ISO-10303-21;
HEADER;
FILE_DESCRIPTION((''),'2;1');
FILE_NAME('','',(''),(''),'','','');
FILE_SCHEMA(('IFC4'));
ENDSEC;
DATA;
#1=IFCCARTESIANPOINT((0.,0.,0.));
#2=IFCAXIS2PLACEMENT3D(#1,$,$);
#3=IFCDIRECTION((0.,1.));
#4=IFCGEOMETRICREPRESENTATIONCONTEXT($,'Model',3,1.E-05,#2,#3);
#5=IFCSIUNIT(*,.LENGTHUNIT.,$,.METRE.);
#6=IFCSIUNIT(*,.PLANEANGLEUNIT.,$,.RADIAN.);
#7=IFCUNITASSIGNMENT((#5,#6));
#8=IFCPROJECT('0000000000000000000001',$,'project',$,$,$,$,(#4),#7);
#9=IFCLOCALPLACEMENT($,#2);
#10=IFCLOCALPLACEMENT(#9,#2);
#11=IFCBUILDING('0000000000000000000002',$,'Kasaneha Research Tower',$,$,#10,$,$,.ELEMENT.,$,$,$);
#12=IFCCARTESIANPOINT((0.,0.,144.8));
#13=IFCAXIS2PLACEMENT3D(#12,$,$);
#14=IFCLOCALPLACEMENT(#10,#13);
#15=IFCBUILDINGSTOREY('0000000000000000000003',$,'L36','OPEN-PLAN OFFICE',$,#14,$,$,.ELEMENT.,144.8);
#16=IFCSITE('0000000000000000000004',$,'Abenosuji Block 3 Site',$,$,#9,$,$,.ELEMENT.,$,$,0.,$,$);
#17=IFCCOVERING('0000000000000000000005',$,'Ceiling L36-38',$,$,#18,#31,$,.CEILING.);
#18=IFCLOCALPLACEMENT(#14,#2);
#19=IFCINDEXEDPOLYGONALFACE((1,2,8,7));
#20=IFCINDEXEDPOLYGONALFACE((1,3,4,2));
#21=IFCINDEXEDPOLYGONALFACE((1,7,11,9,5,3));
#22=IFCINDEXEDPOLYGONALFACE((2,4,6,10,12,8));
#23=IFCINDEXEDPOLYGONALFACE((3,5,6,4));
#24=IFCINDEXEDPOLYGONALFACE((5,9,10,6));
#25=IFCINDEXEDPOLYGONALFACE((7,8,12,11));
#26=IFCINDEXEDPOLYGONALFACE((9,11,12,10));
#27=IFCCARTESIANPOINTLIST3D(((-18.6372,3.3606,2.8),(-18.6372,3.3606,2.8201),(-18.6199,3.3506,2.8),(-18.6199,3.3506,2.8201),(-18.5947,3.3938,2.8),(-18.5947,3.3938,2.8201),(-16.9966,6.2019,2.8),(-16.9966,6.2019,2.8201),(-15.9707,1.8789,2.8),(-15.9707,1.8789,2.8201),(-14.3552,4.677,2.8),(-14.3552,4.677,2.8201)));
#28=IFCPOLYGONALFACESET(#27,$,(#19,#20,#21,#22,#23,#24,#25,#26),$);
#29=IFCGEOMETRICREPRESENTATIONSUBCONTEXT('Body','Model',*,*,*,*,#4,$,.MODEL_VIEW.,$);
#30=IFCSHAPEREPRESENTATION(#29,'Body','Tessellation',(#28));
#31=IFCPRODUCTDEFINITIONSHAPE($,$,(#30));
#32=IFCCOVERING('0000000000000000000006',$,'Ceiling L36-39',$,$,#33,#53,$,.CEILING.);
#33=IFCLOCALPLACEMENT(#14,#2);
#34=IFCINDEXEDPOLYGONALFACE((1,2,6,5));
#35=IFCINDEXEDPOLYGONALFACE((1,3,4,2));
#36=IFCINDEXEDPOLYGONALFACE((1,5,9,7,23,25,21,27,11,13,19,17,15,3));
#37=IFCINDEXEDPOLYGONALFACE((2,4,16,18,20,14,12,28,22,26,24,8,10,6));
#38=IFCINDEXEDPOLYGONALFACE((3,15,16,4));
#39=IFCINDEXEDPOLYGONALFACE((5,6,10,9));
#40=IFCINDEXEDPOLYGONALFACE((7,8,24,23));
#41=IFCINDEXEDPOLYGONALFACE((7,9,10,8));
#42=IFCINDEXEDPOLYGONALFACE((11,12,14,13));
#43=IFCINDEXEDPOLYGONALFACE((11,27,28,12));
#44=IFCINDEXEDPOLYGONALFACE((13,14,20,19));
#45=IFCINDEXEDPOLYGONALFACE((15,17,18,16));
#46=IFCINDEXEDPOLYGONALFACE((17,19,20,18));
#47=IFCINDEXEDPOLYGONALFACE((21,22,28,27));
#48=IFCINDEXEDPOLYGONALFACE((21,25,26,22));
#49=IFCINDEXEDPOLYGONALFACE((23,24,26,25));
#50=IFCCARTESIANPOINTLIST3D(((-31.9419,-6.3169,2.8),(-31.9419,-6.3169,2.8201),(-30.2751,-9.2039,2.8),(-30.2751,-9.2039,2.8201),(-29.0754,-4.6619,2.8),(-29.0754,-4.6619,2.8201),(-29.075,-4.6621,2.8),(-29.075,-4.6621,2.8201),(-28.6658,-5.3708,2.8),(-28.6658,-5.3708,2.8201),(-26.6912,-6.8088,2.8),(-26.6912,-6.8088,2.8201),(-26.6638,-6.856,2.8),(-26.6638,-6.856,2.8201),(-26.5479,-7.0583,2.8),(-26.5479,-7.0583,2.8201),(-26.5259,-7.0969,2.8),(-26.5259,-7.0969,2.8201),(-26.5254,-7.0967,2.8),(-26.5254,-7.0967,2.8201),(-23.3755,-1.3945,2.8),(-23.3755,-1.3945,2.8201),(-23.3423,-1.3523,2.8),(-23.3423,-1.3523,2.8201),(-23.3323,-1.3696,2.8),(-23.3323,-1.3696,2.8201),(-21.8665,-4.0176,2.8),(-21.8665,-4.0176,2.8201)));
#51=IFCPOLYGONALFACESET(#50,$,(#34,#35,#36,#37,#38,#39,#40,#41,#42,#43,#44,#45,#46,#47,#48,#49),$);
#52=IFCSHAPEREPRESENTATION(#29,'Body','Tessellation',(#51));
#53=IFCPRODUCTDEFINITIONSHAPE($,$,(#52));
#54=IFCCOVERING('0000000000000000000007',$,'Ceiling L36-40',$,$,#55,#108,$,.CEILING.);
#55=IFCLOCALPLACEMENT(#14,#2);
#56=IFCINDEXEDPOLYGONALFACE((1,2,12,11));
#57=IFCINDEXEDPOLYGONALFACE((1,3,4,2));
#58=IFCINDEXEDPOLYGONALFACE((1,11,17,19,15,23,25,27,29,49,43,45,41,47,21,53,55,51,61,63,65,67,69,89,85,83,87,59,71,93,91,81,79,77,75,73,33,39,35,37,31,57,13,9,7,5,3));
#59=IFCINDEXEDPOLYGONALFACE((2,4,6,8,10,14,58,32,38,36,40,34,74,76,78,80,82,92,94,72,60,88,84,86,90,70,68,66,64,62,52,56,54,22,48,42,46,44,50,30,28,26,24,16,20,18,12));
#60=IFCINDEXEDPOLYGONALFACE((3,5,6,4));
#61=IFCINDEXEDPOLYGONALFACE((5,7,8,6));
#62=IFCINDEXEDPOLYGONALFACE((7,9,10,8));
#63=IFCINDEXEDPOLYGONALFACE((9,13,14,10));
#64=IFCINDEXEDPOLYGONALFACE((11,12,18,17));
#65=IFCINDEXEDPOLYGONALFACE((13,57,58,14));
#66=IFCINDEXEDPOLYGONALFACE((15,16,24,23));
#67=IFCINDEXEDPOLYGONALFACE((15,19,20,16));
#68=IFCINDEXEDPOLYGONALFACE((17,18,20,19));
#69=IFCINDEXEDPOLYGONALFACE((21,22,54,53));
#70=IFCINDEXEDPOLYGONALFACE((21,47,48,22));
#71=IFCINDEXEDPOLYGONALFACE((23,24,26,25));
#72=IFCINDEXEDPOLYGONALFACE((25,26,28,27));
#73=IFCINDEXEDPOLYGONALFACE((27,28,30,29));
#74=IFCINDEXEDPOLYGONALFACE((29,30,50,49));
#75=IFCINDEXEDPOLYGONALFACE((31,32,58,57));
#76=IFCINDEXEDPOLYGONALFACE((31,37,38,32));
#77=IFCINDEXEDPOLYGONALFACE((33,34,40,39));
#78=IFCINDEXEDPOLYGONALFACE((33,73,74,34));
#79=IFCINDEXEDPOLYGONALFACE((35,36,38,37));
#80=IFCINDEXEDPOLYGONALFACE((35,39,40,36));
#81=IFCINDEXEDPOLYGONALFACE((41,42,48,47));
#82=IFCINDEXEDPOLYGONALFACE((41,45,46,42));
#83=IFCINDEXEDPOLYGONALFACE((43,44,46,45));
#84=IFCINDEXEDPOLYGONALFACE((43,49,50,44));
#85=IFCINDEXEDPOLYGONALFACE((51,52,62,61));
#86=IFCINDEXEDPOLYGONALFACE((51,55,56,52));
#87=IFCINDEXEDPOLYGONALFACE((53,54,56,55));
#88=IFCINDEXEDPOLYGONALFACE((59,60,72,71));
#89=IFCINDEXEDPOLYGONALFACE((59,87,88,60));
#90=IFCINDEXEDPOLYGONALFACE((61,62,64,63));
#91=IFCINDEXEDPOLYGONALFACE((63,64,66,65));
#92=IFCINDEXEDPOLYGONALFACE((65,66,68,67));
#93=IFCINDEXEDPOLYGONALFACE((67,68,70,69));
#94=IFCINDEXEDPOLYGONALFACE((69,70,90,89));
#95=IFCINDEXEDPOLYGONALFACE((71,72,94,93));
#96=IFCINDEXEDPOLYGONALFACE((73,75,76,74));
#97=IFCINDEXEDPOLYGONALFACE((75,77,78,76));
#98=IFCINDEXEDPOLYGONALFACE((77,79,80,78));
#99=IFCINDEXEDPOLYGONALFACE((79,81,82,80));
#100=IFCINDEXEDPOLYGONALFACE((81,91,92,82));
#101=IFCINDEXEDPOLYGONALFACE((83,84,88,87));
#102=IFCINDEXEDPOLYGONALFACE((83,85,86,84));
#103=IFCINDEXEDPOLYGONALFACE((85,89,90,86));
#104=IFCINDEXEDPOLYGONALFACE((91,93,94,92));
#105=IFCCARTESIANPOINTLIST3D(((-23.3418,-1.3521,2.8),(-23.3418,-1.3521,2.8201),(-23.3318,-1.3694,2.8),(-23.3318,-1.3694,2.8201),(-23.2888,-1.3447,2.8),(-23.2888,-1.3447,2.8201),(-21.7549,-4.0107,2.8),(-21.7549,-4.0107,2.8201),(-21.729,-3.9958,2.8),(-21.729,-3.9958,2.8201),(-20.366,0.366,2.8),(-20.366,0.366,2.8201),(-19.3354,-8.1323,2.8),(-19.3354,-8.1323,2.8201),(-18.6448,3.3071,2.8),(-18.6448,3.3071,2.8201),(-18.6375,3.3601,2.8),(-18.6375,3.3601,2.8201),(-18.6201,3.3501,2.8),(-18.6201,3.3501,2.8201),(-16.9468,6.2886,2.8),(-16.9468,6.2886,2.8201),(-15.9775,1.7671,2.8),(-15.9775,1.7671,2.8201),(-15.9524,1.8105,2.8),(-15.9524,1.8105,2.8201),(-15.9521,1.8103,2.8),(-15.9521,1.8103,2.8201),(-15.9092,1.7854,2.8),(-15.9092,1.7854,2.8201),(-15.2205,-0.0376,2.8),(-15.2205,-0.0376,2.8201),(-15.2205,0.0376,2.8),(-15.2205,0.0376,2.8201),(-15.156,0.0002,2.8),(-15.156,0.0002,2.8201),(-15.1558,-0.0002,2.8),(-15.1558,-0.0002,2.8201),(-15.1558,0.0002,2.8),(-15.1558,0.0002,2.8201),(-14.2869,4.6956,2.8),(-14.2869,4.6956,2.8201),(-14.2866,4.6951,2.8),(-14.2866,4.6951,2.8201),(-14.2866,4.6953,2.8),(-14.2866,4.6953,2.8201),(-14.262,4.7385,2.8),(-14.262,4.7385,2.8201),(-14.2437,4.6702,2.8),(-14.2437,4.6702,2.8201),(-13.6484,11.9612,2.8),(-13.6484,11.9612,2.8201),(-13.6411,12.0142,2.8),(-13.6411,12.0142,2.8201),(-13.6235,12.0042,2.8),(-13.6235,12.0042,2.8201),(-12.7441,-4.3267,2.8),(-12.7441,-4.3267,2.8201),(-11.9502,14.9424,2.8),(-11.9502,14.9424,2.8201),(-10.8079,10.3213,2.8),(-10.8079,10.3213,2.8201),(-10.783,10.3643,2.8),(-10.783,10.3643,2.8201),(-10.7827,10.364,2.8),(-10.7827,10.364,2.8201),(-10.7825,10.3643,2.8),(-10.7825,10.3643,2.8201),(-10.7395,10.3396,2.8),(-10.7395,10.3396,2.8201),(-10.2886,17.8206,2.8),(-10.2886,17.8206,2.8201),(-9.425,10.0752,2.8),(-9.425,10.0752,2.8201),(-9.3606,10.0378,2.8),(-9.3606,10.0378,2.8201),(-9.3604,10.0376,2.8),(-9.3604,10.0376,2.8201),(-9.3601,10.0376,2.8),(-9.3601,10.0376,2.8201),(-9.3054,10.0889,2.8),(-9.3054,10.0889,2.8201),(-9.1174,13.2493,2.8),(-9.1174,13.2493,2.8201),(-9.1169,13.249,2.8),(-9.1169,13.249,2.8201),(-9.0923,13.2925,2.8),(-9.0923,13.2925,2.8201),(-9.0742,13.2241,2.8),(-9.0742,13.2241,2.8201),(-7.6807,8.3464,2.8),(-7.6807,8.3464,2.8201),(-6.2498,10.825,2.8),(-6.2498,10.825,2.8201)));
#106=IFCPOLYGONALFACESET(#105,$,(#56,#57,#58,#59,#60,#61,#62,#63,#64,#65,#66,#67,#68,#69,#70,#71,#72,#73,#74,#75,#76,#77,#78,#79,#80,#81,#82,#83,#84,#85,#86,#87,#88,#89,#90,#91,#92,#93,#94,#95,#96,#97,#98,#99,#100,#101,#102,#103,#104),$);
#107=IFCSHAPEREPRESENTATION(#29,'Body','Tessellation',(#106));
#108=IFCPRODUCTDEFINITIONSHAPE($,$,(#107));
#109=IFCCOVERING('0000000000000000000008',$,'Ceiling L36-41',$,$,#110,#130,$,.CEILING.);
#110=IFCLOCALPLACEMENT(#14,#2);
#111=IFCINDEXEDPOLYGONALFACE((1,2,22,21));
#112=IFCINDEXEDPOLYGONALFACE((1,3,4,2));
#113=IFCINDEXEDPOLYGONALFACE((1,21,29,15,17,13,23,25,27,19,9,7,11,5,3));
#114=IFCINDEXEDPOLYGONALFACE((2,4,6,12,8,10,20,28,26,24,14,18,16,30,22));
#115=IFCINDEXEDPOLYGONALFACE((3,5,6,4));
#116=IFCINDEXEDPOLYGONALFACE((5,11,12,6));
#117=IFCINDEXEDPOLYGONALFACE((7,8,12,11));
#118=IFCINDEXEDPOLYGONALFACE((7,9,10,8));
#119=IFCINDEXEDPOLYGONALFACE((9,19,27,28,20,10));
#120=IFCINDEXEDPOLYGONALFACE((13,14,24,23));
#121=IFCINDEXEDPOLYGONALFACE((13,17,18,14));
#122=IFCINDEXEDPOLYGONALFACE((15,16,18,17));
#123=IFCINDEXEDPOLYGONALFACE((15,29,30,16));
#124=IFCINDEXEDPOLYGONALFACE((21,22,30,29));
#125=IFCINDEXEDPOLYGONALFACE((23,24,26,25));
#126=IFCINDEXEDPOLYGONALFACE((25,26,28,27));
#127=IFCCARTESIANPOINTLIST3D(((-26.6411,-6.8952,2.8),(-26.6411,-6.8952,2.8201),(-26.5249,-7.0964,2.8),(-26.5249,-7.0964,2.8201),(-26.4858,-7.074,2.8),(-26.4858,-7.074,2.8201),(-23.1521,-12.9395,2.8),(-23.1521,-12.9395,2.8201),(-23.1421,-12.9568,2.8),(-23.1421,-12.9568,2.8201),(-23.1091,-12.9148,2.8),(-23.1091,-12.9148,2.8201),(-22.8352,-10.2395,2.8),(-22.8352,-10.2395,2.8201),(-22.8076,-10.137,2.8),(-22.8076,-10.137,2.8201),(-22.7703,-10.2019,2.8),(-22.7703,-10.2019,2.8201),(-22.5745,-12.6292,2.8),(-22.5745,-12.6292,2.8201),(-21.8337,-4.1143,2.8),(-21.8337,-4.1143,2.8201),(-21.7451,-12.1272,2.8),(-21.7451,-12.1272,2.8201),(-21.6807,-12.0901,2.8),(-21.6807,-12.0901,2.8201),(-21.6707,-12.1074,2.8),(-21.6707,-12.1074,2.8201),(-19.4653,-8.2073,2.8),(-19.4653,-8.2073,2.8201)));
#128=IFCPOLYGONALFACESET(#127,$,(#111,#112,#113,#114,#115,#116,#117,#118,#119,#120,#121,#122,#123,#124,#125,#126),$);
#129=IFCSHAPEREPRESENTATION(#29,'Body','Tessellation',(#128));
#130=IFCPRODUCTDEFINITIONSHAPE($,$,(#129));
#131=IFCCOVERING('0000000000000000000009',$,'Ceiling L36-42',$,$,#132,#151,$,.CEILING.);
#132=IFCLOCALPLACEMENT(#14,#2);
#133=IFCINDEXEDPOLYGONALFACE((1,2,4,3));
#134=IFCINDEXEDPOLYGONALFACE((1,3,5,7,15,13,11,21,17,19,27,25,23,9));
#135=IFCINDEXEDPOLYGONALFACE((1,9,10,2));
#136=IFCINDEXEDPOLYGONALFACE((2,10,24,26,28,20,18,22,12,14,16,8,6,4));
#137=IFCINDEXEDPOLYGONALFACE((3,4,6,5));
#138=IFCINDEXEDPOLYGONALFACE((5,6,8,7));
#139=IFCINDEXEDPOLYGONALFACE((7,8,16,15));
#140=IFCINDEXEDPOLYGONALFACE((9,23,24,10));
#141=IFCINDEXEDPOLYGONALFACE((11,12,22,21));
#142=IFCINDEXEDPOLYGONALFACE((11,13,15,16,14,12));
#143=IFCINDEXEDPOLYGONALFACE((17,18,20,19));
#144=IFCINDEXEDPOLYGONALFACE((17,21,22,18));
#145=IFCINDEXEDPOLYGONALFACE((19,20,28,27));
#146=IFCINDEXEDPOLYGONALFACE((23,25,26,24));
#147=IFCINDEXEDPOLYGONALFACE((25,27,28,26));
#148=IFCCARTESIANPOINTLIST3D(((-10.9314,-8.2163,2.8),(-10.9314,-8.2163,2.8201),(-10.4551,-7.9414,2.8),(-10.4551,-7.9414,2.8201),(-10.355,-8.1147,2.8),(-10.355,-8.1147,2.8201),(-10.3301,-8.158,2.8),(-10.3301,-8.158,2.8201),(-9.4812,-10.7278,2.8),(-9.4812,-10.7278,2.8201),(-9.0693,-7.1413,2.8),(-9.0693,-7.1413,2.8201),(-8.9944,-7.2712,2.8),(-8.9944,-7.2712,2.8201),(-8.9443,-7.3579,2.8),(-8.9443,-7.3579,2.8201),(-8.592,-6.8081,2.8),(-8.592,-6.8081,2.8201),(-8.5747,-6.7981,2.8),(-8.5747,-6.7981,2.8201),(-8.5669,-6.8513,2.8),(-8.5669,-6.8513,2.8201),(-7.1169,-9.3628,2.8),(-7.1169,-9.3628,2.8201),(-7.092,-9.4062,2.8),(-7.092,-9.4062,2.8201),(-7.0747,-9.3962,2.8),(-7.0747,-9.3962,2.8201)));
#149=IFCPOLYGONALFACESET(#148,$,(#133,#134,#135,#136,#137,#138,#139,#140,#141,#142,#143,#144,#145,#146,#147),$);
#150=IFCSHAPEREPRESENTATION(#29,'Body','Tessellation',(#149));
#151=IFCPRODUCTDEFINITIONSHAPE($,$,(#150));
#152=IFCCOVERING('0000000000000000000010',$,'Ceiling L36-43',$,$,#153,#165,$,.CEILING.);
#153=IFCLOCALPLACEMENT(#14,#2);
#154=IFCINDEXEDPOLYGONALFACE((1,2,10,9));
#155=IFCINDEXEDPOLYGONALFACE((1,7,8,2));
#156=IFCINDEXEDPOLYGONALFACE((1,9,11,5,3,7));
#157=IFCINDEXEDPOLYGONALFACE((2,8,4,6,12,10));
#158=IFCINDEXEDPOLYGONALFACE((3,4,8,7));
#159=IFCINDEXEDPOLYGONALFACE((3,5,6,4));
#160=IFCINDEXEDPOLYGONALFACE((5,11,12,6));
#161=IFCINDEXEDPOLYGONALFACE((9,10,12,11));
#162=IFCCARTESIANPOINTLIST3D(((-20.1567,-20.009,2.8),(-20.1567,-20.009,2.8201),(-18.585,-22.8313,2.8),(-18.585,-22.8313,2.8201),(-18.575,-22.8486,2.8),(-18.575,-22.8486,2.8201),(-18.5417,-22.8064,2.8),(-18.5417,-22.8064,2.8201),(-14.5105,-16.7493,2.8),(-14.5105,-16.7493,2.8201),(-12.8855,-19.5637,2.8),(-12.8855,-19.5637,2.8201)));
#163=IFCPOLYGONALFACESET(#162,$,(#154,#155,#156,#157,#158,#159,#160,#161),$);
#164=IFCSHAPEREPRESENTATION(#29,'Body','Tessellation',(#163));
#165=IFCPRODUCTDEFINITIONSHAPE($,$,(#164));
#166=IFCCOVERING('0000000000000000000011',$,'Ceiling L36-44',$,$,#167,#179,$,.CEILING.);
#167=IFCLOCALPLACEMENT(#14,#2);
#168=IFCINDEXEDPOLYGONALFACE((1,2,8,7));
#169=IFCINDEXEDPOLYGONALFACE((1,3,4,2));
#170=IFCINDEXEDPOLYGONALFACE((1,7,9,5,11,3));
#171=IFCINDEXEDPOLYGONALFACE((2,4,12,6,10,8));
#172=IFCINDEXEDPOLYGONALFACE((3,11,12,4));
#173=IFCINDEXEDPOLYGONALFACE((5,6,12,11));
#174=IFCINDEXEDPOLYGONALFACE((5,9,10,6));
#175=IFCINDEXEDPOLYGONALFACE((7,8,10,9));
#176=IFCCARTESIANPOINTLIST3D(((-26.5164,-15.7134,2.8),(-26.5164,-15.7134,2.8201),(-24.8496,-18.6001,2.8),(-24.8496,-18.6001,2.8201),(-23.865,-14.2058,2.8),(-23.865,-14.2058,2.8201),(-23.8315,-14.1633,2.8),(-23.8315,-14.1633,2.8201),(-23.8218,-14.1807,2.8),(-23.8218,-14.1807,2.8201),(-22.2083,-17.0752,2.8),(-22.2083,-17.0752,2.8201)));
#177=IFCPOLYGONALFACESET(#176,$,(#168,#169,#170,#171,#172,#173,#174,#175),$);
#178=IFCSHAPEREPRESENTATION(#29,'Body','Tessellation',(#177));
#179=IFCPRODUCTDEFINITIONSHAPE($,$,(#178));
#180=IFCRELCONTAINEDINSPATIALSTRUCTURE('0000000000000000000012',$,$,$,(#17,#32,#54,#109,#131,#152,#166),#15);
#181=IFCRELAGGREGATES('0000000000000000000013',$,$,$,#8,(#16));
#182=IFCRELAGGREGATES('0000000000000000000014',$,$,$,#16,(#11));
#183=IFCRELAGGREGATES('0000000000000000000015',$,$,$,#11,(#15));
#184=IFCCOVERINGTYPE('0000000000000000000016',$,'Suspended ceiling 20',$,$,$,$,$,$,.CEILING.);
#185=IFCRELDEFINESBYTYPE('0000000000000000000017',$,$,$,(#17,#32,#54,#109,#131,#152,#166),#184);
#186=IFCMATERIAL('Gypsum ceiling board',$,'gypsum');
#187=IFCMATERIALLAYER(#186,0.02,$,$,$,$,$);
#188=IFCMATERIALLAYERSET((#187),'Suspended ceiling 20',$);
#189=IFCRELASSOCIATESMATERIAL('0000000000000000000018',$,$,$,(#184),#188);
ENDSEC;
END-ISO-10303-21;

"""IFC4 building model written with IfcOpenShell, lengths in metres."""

from ifc_helpers import new_model, si_unit, direction, frame, origin, place, context, subcontext, project, spatial, polyline, outline, extrude, material, layer, layer_set, type_object, element, save


model = new_model("IFC4")

# Units and contexts
model_context = context("Model", 3, precision=1e-05, world=origin(), true_north=direction((0.0, 1.0)))
body_context = subcontext(model_context, "Body", "Model", "MODEL_VIEW")
ifc_project = project(units=[si_unit("LENGTHUNIT", "METRE"), si_unit("PLANEANGLEUNIT", "RADIAN")], contexts=[model_context])

# Site, building, storey
site_placement = place(None, origin())
site = spatial("IfcSite", under=ifc_project, at=site_placement, Name="Abenosuji Block 3 Site", CompositionType="ELEMENT", RefElevation=0.0)
building_placement = place(site_placement, origin())
building = spatial("IfcBuilding", under=site, at=building_placement, Name="Kasaneha Research Tower", CompositionType="ELEMENT")
storey_placement = place(building_placement, frame((0.0, 0.0, 144.8)))
storey = spatial("IfcBuildingStorey", under=building, at=storey_placement, Name="L36", Description="OPEN-PLAN OFFICE", CompositionType="ELEMENT", Elevation=144.8)

# Coverings
ifc_material_1 = material(Name="Gypsum ceiling board", Category="gypsum")
ifc_layer_1 = layer(ifc_material_1, 0.02)
ifc_layer_set_1 = layer_set([ifc_layer_1], Name="Suspended ceiling 20")
covering_type_1 = type_object("IfcCoveringType", Name="Suspended ceiling 20", PredefinedType="CEILING", material=ifc_layer_set_1)
covering_1_placement = place(storey_placement, frame((0.0, 0.0, 2.8)))
element("IfcCovering", 1, at=covering_1_placement, inside=storey, type_object=covering_type_1, Name="Ceiling L36-38", PredefinedType="CEILING", context=body_context, shape_type="SweptSolid", body=[
    extrude(outline(polyline([(-16.9966, 6.2019), (-14.3552, 4.677), (-15.9707, 1.8789), (-18.5947, 3.3938), (-18.6199, 3.3506), (-18.6372, 3.3606), (-16.9966, 6.2019)])), origin(), (0.0, 0.0, 1.0), 0.02),
])
covering_2_placement = place(storey_placement, frame((0.0, 0.0, 2.8)))
element("IfcCovering", 2, at=covering_2_placement, inside=storey, type_object=covering_type_1, Name="Ceiling L36-39", PredefinedType="CEILING", context=body_context, shape_type="SweptSolid", body=[
    extrude(outline(polyline([(-23.3323, -1.3696), (-23.3755, -1.3945), (-21.8665, -4.0176), (-26.6912, -6.8088), (-26.6638, -6.856), (-26.5254, -7.0967), (-26.5259, -7.0969), (-26.5479, -7.0583), (-30.2751, -9.2039), (-31.9419, -6.3169), (-29.0754, -4.6619), (-28.6658, -5.3708), (-29.075, -4.6621), (-23.3423, -1.3523), (-23.3323, -1.3696)])), origin(), (0.0, 0.0, 1.0), 0.02),
])
covering_3_placement = place(storey_placement, frame((0.0, 0.0, 2.8)))
element("IfcCovering", 3, at=covering_3_placement, inside=storey, type_object=covering_type_1, Name="Ceiling L36-40", PredefinedType="CEILING", context=body_context, shape_type="SweptSolid", body=[
    extrude(outline(polyline([(-9.3606, 10.0378), (-9.3606, 10.0378), (-9.425, 10.0752), (-15.2205, 0.0376), (-15.1558, 0.0002), (-15.156, 0.0002), (-15.1558, -0.0002), (-15.2205, -0.0376), (-12.7441, -4.3267), (-19.3354, -8.1323), (-21.729, -3.9958), (-21.7549, -4.0107), (-23.2888, -1.3447), (-23.3318, -1.3694), (-23.3418, -1.3521), (-20.366, 0.366), (-18.6375, 3.3601), (-18.6201, 3.3501), (-18.6448, 3.3071), (-15.9775, 1.7671), (-15.9524, 1.8105), (-15.9521, 1.8103), (-15.9521, 1.8103), (-15.9092, 1.7854), (-14.2437, 4.6702), (-14.2866, 4.6951), (-14.2866, 4.6953), (-14.2869, 4.6956), (-14.262, 4.7385), (-16.9468, 6.2886), (-13.6411, 12.0142), (-13.6235, 12.0042), (-13.6484, 11.9612), (-10.8079, 10.3213), (-10.783, 10.3643), (-10.7827, 10.364), (-10.7825, 10.3643), (-10.7395, 10.3396), (-9.0742, 13.2241), (-9.1169, 13.249), (-9.1169, 13.249), (-9.1174, 13.2493), (-9.0923, 13.2925), (-11.9502, 14.9424), (-10.2886, 17.8206), (-6.2498, 10.825), (-7.6807, 8.3464), (-9.3054, 10.0889), (-9.3601, 10.0376), (-9.3604, 10.0376), (-9.3606, 10.0378)])), origin(), (0.0, 0.0, 1.0), 0.02),
])
covering_4_placement = place(storey_placement, frame((0.0, 0.0, 2.8)))
element("IfcCovering", 4, at=covering_4_placement, inside=storey, type_object=covering_type_1, Name="Ceiling L36-41", PredefinedType="CEILING", context=body_context, shape_type="SweptSolid", body=[
    extrude(outline(polyline([(-22.5745, -12.6292), (-23.1421, -12.9568), (-23.1521, -12.9395), (-23.1091, -12.9148), (-26.4858, -7.074), (-26.5249, -7.0964), (-26.6597, -6.863), (-26.6411, -6.8953), (-21.8337, -4.1143), (-19.4653, -8.2073), (-22.8076, -10.137), (-22.7703, -10.2019), (-22.8352, -10.2395), (-21.7451, -12.1272), (-21.6807, -12.0901), (-21.6707, -12.1074), (-22.5745, -12.6292)])), origin(), (0.0, 0.0, 1.0), 0.02),
])
covering_5_placement = place(storey_placement, frame((0.0, 0.0, 2.8)))
element("IfcCovering", 5, at=covering_5_placement, inside=storey, type_object=covering_type_1, Name="Ceiling L36-42", PredefinedType="CEILING", context=body_context, shape_type="SweptSolid", body=[
    extrude(outline(polyline([(-10.355, -8.1147), (-10.355, -8.1147), (-10.3301, -8.158), (-8.9443, -7.3579), (-8.9944, -7.2712), (-8.9944, -7.2712), (-9.0942, -7.0981), (-9.0942, -7.0981), (-9.0693, -7.1414), (-8.5669, -6.8513), (-8.592, -6.8081), (-8.5747, -6.7981), (-7.0747, -9.3962), (-7.092, -9.4062), (-7.1169, -9.3628), (-9.4812, -10.7278), (-10.9314, -8.2163), (-10.4551, -7.9414), (-10.355, -8.1147)])), origin(), (0.0, 0.0, 1.0), 0.02),
])
covering_6_placement = place(storey_placement, frame((0.0, 0.0, 2.8)))
element("IfcCovering", 6, at=covering_6_placement, inside=storey, type_object=covering_type_1, Name="Ceiling L36-43", PredefinedType="CEILING", context=body_context, shape_type="SweptSolid", body=[
    extrude(outline(polyline([(-18.575, -22.8486), (-18.585, -22.8313), (-18.5417, -22.8064), (-20.1567, -20.009), (-14.5105, -16.7493), (-12.8855, -19.5637), (-18.575, -22.8486)])), origin(), (0.0, 0.0, 1.0), 0.02),
])
covering_7_placement = place(storey_placement, frame((0.0, 0.0, 2.8)))
element("IfcCovering", 7, at=covering_7_placement, inside=storey, type_object=covering_type_1, Name="Ceiling L36-44", PredefinedType="CEILING", context=body_context, shape_type="SweptSolid", body=[
    extrude(outline(polyline([(-23.8315, -14.1633), (-23.8218, -14.1807), (-23.865, -14.2058), (-22.2083, -17.0752), (-24.8496, -18.6001), (-26.5164, -15.7134), (-23.8315, -14.1633)])), origin(), (0.0, 0.0, 1.0), 0.02),
])

save(model, "model.ifc")
